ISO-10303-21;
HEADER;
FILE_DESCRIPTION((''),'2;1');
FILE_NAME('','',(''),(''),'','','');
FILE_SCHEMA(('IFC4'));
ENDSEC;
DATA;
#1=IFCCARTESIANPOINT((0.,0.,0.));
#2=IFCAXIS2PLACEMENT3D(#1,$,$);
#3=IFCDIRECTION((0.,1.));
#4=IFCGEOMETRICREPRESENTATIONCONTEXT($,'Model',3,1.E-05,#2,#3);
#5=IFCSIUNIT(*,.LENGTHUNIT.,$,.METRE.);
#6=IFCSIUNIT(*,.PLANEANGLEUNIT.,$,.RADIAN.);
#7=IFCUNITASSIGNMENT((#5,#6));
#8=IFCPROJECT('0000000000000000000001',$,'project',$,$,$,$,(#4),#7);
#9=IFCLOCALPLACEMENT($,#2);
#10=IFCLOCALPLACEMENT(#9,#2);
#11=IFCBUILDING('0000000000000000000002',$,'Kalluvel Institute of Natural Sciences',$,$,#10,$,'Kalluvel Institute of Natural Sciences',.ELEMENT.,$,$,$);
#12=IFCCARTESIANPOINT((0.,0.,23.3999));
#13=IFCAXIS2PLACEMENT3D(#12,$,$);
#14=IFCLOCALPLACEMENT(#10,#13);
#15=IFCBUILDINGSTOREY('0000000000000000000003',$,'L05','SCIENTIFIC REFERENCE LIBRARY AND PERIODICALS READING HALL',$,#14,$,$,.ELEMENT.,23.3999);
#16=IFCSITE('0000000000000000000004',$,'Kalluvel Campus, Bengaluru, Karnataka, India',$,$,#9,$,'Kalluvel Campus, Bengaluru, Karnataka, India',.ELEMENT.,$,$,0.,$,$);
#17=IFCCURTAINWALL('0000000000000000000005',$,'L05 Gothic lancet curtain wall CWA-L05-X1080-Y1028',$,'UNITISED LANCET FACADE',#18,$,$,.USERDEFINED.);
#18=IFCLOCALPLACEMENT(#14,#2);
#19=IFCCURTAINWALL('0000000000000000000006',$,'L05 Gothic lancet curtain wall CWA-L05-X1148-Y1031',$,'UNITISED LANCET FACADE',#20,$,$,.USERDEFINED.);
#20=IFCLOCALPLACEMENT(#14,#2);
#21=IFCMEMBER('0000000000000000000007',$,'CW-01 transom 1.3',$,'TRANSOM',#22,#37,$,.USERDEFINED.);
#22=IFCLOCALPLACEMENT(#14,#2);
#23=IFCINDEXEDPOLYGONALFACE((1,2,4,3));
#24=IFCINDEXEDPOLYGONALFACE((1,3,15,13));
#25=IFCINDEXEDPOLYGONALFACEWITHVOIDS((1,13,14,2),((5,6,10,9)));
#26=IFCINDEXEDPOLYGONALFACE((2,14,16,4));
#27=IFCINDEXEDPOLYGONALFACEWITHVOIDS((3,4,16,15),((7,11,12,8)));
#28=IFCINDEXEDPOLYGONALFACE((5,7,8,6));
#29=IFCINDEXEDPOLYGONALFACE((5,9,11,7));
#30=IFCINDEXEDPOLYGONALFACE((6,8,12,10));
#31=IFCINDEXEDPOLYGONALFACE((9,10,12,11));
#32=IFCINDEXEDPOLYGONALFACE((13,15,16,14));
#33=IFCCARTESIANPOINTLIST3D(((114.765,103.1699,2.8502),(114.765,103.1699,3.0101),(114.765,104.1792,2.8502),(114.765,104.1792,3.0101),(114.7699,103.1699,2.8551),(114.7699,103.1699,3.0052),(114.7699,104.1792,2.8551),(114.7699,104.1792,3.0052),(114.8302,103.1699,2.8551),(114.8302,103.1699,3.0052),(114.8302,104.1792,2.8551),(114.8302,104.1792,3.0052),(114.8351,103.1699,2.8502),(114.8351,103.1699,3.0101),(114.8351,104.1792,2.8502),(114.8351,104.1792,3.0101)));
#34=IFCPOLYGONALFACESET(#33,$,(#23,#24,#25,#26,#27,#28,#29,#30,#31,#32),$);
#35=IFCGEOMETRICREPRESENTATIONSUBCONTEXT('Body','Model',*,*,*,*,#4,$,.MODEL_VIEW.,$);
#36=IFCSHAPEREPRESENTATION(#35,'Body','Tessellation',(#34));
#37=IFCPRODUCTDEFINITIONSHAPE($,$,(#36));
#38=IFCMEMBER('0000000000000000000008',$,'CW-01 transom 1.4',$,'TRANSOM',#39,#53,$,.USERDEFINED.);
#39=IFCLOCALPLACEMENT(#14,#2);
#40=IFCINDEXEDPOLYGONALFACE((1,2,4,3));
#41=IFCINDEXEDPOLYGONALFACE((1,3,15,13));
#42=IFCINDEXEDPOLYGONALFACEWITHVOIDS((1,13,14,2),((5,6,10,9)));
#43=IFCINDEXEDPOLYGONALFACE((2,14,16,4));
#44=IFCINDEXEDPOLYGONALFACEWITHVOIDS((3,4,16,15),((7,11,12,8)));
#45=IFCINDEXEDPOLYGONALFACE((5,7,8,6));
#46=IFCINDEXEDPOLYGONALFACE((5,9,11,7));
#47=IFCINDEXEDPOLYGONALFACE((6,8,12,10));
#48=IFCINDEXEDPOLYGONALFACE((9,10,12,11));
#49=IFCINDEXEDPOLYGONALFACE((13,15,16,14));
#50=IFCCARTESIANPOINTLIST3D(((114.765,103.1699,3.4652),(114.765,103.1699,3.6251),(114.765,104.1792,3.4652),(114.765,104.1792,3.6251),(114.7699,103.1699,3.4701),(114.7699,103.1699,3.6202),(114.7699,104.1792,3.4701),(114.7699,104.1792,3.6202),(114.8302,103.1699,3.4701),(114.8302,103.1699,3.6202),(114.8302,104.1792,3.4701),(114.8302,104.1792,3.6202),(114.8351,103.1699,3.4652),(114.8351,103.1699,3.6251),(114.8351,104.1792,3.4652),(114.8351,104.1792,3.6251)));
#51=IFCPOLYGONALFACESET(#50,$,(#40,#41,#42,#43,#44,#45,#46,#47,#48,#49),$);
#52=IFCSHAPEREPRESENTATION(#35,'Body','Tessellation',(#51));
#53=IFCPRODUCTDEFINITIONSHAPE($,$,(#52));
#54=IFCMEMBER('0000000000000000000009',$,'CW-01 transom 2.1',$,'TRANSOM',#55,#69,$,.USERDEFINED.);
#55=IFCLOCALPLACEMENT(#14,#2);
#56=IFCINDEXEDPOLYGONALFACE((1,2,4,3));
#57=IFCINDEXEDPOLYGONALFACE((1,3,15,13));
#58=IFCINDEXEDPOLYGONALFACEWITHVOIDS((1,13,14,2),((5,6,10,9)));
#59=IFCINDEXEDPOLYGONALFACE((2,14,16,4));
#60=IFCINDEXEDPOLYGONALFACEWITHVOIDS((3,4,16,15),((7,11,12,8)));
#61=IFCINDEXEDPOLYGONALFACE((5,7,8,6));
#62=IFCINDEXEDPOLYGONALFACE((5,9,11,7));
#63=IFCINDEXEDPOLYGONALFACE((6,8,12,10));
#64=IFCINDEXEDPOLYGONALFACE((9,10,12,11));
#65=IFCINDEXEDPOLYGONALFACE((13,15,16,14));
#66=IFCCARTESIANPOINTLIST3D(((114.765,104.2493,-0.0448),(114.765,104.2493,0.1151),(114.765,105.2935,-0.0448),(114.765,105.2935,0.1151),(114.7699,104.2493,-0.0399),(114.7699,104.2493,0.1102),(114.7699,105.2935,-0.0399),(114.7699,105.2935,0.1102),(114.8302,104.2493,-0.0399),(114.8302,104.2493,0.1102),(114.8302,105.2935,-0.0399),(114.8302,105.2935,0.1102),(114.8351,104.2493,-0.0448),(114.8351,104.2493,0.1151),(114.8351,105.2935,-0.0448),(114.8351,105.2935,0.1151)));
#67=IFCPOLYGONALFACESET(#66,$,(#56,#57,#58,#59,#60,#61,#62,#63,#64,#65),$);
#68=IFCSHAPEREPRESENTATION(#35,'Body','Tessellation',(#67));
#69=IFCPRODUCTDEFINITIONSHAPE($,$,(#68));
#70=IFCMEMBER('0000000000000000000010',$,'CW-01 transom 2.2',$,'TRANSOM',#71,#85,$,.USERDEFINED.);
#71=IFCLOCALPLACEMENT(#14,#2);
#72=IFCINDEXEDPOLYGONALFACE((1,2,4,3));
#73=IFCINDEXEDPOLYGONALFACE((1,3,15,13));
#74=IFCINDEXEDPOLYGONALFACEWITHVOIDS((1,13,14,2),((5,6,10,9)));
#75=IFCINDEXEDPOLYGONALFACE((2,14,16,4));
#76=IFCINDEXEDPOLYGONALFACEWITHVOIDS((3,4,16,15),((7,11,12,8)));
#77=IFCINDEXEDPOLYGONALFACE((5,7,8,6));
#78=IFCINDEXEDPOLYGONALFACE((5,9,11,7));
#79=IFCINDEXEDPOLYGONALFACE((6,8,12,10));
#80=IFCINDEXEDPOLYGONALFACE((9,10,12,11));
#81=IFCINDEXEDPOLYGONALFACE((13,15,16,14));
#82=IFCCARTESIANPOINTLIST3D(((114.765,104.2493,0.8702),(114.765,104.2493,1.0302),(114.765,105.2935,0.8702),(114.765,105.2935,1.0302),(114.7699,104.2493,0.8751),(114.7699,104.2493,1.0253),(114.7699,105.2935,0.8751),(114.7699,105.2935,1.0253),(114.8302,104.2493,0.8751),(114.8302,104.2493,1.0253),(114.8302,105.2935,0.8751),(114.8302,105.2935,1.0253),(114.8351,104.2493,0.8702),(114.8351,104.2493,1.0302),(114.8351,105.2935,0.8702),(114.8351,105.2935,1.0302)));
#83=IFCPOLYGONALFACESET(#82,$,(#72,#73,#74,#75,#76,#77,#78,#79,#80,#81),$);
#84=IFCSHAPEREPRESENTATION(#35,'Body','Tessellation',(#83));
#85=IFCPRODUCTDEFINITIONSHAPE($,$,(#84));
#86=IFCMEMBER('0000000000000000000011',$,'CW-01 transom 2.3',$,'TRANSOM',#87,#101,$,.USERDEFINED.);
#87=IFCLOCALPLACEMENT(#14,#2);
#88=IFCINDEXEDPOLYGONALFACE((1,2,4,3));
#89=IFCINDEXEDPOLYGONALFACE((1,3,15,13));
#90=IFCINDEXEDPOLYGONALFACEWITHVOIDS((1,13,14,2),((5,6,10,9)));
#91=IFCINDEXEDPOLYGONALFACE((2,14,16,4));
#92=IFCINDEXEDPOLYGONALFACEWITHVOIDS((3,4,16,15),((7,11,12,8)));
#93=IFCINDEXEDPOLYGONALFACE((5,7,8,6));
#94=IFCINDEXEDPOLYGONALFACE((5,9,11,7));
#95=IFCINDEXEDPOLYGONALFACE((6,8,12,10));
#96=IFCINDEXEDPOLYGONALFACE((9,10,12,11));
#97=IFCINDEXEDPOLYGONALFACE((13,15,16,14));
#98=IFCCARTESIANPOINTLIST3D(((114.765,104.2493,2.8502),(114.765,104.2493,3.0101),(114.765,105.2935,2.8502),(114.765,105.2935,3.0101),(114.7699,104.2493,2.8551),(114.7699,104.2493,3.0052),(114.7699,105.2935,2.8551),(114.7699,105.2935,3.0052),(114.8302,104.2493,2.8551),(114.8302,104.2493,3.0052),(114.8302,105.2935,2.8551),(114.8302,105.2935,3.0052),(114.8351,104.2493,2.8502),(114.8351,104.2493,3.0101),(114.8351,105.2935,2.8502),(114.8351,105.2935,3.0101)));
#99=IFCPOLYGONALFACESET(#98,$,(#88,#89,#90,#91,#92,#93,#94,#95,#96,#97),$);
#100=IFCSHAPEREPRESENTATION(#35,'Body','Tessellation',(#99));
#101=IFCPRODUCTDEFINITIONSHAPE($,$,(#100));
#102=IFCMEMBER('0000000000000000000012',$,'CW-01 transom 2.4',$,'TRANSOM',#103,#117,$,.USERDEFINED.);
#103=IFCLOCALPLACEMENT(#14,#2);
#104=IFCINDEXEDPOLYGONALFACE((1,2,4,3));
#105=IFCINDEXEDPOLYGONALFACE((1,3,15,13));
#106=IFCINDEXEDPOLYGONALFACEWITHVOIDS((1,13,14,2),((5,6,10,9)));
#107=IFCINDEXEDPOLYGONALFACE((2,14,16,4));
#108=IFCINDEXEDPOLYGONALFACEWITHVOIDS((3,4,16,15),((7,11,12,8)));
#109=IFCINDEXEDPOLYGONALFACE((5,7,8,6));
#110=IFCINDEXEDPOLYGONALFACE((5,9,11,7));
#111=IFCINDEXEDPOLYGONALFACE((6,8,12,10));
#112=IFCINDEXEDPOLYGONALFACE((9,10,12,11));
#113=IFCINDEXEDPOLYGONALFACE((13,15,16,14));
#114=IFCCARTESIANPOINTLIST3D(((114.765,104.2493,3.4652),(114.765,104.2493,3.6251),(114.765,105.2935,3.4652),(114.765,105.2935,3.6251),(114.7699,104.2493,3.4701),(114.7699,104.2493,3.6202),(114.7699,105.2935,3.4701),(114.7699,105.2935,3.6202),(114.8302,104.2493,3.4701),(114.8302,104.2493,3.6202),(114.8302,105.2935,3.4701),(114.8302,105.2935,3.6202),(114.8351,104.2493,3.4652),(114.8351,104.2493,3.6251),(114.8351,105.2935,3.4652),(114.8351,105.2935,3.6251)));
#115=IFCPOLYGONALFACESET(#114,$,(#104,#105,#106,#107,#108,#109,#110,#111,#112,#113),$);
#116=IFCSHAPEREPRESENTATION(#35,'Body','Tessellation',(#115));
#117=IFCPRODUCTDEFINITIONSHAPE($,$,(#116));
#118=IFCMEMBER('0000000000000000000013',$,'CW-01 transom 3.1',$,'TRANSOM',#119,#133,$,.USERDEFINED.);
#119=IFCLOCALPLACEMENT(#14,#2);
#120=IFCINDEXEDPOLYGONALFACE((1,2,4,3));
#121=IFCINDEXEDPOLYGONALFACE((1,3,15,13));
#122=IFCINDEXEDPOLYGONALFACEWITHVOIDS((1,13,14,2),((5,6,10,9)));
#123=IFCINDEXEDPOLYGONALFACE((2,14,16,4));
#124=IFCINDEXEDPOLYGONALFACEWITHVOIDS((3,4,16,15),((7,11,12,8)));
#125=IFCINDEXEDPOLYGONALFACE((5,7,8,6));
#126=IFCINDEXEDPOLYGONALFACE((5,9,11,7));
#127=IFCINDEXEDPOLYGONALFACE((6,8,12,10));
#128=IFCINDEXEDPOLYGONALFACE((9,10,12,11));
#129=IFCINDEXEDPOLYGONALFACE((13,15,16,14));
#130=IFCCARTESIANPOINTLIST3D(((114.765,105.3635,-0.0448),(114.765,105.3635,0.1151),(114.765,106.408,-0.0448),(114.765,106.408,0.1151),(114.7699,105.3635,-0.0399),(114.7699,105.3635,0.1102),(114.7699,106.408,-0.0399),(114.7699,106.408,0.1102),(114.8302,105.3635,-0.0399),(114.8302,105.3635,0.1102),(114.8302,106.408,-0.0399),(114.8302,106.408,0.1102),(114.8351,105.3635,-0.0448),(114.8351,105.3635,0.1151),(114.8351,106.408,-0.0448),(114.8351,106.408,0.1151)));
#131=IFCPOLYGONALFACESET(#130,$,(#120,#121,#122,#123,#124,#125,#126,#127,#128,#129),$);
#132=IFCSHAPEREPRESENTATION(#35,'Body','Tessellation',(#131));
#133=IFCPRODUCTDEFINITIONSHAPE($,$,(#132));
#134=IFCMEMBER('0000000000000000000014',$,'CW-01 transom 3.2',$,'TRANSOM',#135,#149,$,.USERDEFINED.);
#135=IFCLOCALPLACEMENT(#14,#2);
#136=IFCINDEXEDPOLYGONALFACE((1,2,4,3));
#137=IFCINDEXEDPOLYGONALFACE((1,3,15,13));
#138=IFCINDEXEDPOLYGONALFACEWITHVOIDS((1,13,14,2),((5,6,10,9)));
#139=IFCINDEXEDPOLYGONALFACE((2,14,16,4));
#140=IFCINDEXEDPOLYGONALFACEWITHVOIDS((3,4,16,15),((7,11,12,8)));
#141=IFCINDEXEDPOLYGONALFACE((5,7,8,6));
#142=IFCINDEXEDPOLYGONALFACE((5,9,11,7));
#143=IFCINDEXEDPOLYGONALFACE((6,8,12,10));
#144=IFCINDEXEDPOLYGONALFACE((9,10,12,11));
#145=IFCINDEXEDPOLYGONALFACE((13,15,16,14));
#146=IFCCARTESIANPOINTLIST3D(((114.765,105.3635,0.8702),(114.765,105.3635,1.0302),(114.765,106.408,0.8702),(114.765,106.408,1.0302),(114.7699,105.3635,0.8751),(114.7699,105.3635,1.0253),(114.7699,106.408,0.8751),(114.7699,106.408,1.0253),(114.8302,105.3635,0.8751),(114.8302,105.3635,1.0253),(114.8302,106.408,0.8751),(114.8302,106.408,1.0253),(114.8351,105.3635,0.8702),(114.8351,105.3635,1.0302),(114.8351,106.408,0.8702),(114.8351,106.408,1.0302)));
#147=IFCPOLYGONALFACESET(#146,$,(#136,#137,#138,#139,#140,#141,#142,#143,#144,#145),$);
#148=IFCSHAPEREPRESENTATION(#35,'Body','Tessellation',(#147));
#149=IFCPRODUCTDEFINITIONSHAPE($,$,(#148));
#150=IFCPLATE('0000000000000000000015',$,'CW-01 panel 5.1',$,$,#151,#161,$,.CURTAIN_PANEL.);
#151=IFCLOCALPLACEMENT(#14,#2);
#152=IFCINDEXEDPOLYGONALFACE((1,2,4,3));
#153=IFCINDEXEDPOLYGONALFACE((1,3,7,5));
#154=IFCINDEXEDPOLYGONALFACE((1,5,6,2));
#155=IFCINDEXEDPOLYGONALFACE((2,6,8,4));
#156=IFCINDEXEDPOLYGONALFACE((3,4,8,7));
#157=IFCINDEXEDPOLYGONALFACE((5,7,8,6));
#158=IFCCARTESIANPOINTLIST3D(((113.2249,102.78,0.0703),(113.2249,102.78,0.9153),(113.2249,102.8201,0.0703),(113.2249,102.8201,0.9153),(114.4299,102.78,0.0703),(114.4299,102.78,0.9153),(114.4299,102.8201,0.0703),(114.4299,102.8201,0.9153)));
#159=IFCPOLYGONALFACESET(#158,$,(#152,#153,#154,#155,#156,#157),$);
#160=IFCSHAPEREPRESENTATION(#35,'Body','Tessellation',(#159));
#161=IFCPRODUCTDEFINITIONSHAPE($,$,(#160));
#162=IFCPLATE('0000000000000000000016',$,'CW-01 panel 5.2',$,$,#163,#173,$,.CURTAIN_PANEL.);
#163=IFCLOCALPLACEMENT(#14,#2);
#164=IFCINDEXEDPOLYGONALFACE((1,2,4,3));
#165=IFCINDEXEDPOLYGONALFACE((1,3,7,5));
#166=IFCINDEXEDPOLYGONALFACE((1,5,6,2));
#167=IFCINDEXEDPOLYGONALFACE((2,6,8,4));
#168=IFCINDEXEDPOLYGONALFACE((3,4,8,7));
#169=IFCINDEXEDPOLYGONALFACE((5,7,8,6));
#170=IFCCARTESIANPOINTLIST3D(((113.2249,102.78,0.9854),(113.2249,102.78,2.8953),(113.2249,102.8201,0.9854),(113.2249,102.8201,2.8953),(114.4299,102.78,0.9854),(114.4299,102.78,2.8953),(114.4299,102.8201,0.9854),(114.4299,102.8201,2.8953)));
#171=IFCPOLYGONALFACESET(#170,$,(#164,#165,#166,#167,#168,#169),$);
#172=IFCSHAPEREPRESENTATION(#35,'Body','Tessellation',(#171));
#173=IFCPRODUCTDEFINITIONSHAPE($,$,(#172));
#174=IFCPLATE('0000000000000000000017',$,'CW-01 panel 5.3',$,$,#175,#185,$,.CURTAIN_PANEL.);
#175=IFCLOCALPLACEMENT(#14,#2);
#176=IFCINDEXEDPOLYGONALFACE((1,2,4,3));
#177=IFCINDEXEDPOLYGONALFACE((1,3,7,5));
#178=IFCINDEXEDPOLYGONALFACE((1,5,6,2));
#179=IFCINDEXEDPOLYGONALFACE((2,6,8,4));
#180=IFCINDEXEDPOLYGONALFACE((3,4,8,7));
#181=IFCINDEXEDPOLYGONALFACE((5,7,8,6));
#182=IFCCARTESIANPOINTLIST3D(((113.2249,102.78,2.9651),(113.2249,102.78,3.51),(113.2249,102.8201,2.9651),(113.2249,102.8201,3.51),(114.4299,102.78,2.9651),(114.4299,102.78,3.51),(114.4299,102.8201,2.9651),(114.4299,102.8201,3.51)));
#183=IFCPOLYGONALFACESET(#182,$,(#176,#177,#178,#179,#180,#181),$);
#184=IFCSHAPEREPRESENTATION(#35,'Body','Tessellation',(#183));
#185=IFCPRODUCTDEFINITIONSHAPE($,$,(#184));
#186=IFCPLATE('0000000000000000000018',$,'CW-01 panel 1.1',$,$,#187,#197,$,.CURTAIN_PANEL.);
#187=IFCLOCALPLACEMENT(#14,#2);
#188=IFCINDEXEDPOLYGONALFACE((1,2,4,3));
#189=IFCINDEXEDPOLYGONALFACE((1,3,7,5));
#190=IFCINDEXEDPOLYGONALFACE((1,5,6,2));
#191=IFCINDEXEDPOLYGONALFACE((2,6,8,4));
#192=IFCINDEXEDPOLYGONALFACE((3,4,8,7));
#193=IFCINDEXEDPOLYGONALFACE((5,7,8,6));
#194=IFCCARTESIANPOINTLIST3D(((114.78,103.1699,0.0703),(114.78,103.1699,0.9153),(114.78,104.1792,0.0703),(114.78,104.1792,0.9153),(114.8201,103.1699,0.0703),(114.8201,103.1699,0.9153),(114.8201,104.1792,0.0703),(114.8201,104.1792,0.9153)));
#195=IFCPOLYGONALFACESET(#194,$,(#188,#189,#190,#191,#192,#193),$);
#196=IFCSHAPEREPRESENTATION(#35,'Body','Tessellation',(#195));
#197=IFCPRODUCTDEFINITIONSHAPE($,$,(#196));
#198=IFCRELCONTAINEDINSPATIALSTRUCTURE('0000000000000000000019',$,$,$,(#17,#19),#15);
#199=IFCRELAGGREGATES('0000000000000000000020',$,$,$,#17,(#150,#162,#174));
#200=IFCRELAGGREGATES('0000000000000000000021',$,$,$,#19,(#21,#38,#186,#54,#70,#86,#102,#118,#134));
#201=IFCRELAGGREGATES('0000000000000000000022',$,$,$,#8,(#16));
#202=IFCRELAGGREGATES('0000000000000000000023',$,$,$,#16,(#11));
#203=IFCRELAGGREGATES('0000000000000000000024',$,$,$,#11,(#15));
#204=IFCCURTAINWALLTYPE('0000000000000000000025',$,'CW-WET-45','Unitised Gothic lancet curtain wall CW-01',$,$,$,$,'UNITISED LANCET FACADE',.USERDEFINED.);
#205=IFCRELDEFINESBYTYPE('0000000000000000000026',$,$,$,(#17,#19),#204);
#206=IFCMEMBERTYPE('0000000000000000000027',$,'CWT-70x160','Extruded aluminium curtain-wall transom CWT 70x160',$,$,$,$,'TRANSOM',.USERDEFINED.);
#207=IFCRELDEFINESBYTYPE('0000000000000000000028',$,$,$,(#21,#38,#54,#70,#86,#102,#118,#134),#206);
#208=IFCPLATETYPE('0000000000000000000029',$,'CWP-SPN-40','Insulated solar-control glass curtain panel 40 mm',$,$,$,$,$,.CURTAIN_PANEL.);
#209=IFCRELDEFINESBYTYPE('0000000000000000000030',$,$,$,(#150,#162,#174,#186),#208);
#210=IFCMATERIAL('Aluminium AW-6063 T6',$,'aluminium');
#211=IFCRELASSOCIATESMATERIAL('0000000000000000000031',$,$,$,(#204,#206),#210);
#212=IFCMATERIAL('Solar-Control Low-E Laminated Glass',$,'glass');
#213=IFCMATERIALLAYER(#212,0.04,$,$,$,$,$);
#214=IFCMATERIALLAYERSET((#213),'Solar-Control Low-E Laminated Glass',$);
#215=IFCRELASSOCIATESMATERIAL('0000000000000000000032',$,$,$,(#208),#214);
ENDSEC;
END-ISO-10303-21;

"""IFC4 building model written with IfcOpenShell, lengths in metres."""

from ifc_helpers import new_model, si_unit, direction, frame, origin, origin_2d, place, context, subcontext, project, spatial, rectangle, hollow_rectangle, extrude, material, layer, layer_set, material_profile, profile_set, type_object, element, aggregate, save


model = new_model("IFC4")

# Units and contexts
model_context = context("Model", 3, precision=1e-05, world=origin(), true_north=direction((0.0, 1.0)))
body_context = subcontext(model_context, "Body", "Model", "MODEL_VIEW")
ifc_project = project(units=[si_unit("LENGTHUNIT", "METRE"), si_unit("PLANEANGLEUNIT", "RADIAN")], contexts=[model_context])

# Site, building, storey
site_placement = place(None, origin())
site = spatial("IfcSite", under=ifc_project, at=site_placement, Name="Kalluvel Campus, Bengaluru, Karnataka, India", LongName="Kalluvel Campus, Bengaluru, Karnataka, India", CompositionType="ELEMENT", RefElevation=0.0)
building_placement = place(site_placement, origin())
building = spatial("IfcBuilding", under=site, at=building_placement, Name="Kalluvel Institute of Natural Sciences", LongName="Kalluvel Institute of Natural Sciences", CompositionType="ELEMENT")
storey_placement = place(building_placement, frame((0.0, 0.0, 23.3999)))
storey = spatial("IfcBuildingStorey", under=building, at=storey_placement, Name="L05", Description="SCIENTIFIC REFERENCE LIBRARY AND PERIODICALS READING HALL", CompositionType="ELEMENT", Elevation=23.3999)

# Curtain wall
ifc_material_1 = material(Name="Aluminium AW-6063 T6", Category="aluminium")
curtain_wall_type = type_object("IfcCurtainWallType", Name="CW-WET-45", Description="Unitised Gothic lancet curtain wall CW-01", ElementType="UNITISED LANCET FACADE", PredefinedType="USERDEFINED", material=ifc_material_1)
curtain_wall_1_placement = place(storey_placement, origin())
curtain_wall_1 = element("IfcCurtainWall", 1, at=curtain_wall_1_placement, inside=storey, type_object=curtain_wall_type, Name="L05 Gothic lancet curtain wall CWA-L05-X1080-Y1028", ObjectType="UNITISED LANCET FACADE", PredefinedType="USERDEFINED")

# Curtain wall
curtain_wall_2_placement = place(storey_placement, origin())
curtain_wall_2 = element("IfcCurtainWall", 2, at=curtain_wall_2_placement, inside=storey, type_object=curtain_wall_type, Name="L05 Gothic lancet curtain wall CWA-L05-X1148-Y1031", ObjectType="UNITISED LANCET FACADE", PredefinedType="USERDEFINED")

# Members
ifc_material_profile_1 = material_profile(ifc_material_1, hollow_rectangle(XDim=0.0701, YDim=0.1599, WallThickness=0.0049, at=origin_2d()), Name="CWT 70x160")
ifc_profile_set_1 = profile_set([ifc_material_profile_1], Name="Aluminium AW-6063 T6")
member_type_1 = type_object("IfcMemberType", Name="CWT-70x160", Description="Extruded aluminium curtain-wall transom CWT 70x160", ElementType="TRANSOM", PredefinedType="USERDEFINED", material=ifc_profile_set_1)
member_1_placement = place(storey_placement, frame((114.8, 103.1699, 2.9302), z_axis=(0.0, 1.0, 0.0), x_axis=(-1.0, 0.0, 0.0)))
member_1 = element("IfcMember", 3, at=member_1_placement, type_object=member_type_1, Name="CW-01 transom 1.3", ObjectType="TRANSOM", PredefinedType="USERDEFINED", context=body_context, shape_type="SweptSolid", body=[
    extrude(hollow_rectangle(XDim=0.0701, YDim=0.1599, WallThickness=0.0049, at=origin_2d()), origin(), (0.0, 0.0, 1.0), 1.0093),
])
member_2_placement = place(storey_placement, frame((114.8, 103.1699, 3.5452), z_axis=(0.0, 1.0, 0.0), x_axis=(-1.0, 0.0, 0.0)))
member_2 = element("IfcMember", 4, at=member_2_placement, type_object=member_type_1, Name="CW-01 transom 1.4", ObjectType="TRANSOM", PredefinedType="USERDEFINED", context=body_context, shape_type="SweptSolid", body=[
    extrude(hollow_rectangle(XDim=0.0701, YDim=0.1599, WallThickness=0.0049, at=origin_2d()), origin(), (0.0, 0.0, 1.0), 1.0093),
])
member_3_placement = place(storey_placement, frame((114.8, 104.2493, 0.0352), z_axis=(0.0, 1.0, 0.0), x_axis=(-1.0, 0.0, 0.0)))
member_3 = element("IfcMember", 5, at=member_3_placement, type_object=member_type_1, Name="CW-01 transom 2.1", ObjectType="TRANSOM", PredefinedType="USERDEFINED", context=body_context, shape_type="SweptSolid", body=[
    extrude(hollow_rectangle(XDim=0.0701, YDim=0.1599, WallThickness=0.0049, at=origin_2d()), origin(), (0.0, 0.0, 1.0), 1.0442),
])
member_4_placement = place(storey_placement, frame((114.8, 104.2493, 0.9502), z_axis=(0.0, 1.0, 0.0), x_axis=(-1.0, 0.0, 0.0)))
member_4 = element("IfcMember", 6, at=member_4_placement, type_object=member_type_1, Name="CW-01 transom 2.2", ObjectType="TRANSOM", PredefinedType="USERDEFINED", context=body_context, shape_type="SweptSolid", body=[
    extrude(hollow_rectangle(XDim=0.0701, YDim=0.1599, WallThickness=0.0049, at=origin_2d()), origin(), (0.0, 0.0, 1.0), 1.0442),
])
member_5_placement = place(storey_placement, frame((114.8, 104.2493, 2.9302), z_axis=(0.0, 1.0, 0.0), x_axis=(-1.0, 0.0, 0.0)))
member_5 = element("IfcMember", 7, at=member_5_placement, type_object=member_type_1, Name="CW-01 transom 2.3", ObjectType="TRANSOM", PredefinedType="USERDEFINED", context=body_context, shape_type="SweptSolid", body=[
    extrude(hollow_rectangle(XDim=0.0701, YDim=0.1599, WallThickness=0.0049, at=origin_2d()), origin(), (0.0, 0.0, 1.0), 1.0442),
])
member_6_placement = place(storey_placement, frame((114.8, 104.2493, 3.5452), z_axis=(0.0, 1.0, 0.0), x_axis=(-1.0, 0.0, 0.0)))
member_6 = element("IfcMember", 8, at=member_6_placement, type_object=member_type_1, Name="CW-01 transom 2.4", ObjectType="TRANSOM", PredefinedType="USERDEFINED", context=body_context, shape_type="SweptSolid", body=[
    extrude(hollow_rectangle(XDim=0.0701, YDim=0.1599, WallThickness=0.0049, at=origin_2d()), origin(), (0.0, 0.0, 1.0), 1.0442),
])
member_7_placement = place(storey_placement, frame((114.8, 105.3635, 0.0352), z_axis=(0.0, 1.0, 0.0), x_axis=(-1.0, 0.0, 0.0)))
member_7 = element("IfcMember", 9, at=member_7_placement, type_object=member_type_1, Name="CW-01 transom 3.1", ObjectType="TRANSOM", PredefinedType="USERDEFINED", context=body_context, shape_type="SweptSolid", body=[
    extrude(hollow_rectangle(XDim=0.0701, YDim=0.1599, WallThickness=0.0049, at=origin_2d()), origin(), (0.0, 0.0, 1.0), 1.0444),
])
member_8_placement = place(storey_placement, frame((114.8, 105.3635, 0.9502), z_axis=(0.0, 1.0, 0.0), x_axis=(-1.0, 0.0, 0.0)))
member_8 = element("IfcMember", 10, at=member_8_placement, type_object=member_type_1, Name="CW-01 transom 3.2", ObjectType="TRANSOM", PredefinedType="USERDEFINED", context=body_context, shape_type="SweptSolid", body=[
    extrude(hollow_rectangle(XDim=0.0701, YDim=0.1599, WallThickness=0.0049, at=origin_2d()), origin(), (0.0, 0.0, 1.0), 1.0444),
])

# Plates
ifc_material_2 = material(Name="Solar-Control Low-E Laminated Glass", Category="glass")
ifc_layer = layer(ifc_material_2, 0.04)
ifc_layer_set = layer_set([ifc_layer], Name="Solar-Control Low-E Laminated Glass")
plate_type = type_object("IfcPlateType", Name="CWP-SPN-40", Description="Insulated solar-control glass curtain panel 40 mm", PredefinedType="CURTAIN_PANEL", material=ifc_layer_set)
plate_1_placement = place(storey_placement, frame((113.8274, 102.8, 0.0703), z_axis=(0.0, 0.0, 1.0), x_axis=(1.0, 0.0, 0.0)))
plate_1 = element("IfcPlate", 11, at=plate_1_placement, type_object=plate_type, Name="CW-01 panel 5.1", PredefinedType="CURTAIN_PANEL", context=body_context, shape_type="SweptSolid", body=[
    extrude(rectangle(XDim=1.2051, YDim=0.04, at=origin_2d()), origin(), (0.0, 0.0, 1.0), 0.845),
])
plate_2_placement = place(storey_placement, frame((113.8274, 102.8, 0.9854), z_axis=(0.0, 0.0, 1.0), x_axis=(1.0, 0.0, 0.0)))
plate_2 = element("IfcPlate", 12, at=plate_2_placement, type_object=plate_type, Name="CW-01 panel 5.2", PredefinedType="CURTAIN_PANEL", context=body_context, shape_type="SweptSolid", body=[
    extrude(rectangle(XDim=1.2051, YDim=0.04, at=origin_2d()), origin(), (0.0, 0.0, 1.0), 1.9099),
])
plate_3_placement = place(storey_placement, frame((113.8274, 102.8, 2.9651), z_axis=(0.0, 0.0, 1.0), x_axis=(1.0, 0.0, 0.0)))
plate_3 = element("IfcPlate", 13, at=plate_3_placement, type_object=plate_type, Name="CW-01 panel 5.3", PredefinedType="CURTAIN_PANEL", context=body_context, shape_type="SweptSolid", body=[
    extrude(rectangle(XDim=1.2051, YDim=0.04, at=origin_2d()), origin(), (0.0, 0.0, 1.0), 0.5449),
])
aggregate(curtain_wall_1, [plate_1, plate_2, plate_3])
plate_4_placement = place(storey_placement, frame((114.8, 103.6746, 0.0703), z_axis=(0.0, 0.0, 1.0), x_axis=(0.0, 1.0, 0.0)))
plate_4 = element("IfcPlate", 14, at=plate_4_placement, type_object=plate_type, Name="CW-01 panel 1.1", PredefinedType="CURTAIN_PANEL", context=body_context, shape_type="SweptSolid", body=[
    extrude(rectangle(XDim=1.0093, YDim=0.04, at=origin_2d()), origin(), (0.0, 0.0, 1.0), 0.845),
])
aggregate(curtain_wall_2, [member_1, member_2, plate_4, member_3, member_4, member_5, member_6, member_7, member_8])

save(model, "model.ifc")
